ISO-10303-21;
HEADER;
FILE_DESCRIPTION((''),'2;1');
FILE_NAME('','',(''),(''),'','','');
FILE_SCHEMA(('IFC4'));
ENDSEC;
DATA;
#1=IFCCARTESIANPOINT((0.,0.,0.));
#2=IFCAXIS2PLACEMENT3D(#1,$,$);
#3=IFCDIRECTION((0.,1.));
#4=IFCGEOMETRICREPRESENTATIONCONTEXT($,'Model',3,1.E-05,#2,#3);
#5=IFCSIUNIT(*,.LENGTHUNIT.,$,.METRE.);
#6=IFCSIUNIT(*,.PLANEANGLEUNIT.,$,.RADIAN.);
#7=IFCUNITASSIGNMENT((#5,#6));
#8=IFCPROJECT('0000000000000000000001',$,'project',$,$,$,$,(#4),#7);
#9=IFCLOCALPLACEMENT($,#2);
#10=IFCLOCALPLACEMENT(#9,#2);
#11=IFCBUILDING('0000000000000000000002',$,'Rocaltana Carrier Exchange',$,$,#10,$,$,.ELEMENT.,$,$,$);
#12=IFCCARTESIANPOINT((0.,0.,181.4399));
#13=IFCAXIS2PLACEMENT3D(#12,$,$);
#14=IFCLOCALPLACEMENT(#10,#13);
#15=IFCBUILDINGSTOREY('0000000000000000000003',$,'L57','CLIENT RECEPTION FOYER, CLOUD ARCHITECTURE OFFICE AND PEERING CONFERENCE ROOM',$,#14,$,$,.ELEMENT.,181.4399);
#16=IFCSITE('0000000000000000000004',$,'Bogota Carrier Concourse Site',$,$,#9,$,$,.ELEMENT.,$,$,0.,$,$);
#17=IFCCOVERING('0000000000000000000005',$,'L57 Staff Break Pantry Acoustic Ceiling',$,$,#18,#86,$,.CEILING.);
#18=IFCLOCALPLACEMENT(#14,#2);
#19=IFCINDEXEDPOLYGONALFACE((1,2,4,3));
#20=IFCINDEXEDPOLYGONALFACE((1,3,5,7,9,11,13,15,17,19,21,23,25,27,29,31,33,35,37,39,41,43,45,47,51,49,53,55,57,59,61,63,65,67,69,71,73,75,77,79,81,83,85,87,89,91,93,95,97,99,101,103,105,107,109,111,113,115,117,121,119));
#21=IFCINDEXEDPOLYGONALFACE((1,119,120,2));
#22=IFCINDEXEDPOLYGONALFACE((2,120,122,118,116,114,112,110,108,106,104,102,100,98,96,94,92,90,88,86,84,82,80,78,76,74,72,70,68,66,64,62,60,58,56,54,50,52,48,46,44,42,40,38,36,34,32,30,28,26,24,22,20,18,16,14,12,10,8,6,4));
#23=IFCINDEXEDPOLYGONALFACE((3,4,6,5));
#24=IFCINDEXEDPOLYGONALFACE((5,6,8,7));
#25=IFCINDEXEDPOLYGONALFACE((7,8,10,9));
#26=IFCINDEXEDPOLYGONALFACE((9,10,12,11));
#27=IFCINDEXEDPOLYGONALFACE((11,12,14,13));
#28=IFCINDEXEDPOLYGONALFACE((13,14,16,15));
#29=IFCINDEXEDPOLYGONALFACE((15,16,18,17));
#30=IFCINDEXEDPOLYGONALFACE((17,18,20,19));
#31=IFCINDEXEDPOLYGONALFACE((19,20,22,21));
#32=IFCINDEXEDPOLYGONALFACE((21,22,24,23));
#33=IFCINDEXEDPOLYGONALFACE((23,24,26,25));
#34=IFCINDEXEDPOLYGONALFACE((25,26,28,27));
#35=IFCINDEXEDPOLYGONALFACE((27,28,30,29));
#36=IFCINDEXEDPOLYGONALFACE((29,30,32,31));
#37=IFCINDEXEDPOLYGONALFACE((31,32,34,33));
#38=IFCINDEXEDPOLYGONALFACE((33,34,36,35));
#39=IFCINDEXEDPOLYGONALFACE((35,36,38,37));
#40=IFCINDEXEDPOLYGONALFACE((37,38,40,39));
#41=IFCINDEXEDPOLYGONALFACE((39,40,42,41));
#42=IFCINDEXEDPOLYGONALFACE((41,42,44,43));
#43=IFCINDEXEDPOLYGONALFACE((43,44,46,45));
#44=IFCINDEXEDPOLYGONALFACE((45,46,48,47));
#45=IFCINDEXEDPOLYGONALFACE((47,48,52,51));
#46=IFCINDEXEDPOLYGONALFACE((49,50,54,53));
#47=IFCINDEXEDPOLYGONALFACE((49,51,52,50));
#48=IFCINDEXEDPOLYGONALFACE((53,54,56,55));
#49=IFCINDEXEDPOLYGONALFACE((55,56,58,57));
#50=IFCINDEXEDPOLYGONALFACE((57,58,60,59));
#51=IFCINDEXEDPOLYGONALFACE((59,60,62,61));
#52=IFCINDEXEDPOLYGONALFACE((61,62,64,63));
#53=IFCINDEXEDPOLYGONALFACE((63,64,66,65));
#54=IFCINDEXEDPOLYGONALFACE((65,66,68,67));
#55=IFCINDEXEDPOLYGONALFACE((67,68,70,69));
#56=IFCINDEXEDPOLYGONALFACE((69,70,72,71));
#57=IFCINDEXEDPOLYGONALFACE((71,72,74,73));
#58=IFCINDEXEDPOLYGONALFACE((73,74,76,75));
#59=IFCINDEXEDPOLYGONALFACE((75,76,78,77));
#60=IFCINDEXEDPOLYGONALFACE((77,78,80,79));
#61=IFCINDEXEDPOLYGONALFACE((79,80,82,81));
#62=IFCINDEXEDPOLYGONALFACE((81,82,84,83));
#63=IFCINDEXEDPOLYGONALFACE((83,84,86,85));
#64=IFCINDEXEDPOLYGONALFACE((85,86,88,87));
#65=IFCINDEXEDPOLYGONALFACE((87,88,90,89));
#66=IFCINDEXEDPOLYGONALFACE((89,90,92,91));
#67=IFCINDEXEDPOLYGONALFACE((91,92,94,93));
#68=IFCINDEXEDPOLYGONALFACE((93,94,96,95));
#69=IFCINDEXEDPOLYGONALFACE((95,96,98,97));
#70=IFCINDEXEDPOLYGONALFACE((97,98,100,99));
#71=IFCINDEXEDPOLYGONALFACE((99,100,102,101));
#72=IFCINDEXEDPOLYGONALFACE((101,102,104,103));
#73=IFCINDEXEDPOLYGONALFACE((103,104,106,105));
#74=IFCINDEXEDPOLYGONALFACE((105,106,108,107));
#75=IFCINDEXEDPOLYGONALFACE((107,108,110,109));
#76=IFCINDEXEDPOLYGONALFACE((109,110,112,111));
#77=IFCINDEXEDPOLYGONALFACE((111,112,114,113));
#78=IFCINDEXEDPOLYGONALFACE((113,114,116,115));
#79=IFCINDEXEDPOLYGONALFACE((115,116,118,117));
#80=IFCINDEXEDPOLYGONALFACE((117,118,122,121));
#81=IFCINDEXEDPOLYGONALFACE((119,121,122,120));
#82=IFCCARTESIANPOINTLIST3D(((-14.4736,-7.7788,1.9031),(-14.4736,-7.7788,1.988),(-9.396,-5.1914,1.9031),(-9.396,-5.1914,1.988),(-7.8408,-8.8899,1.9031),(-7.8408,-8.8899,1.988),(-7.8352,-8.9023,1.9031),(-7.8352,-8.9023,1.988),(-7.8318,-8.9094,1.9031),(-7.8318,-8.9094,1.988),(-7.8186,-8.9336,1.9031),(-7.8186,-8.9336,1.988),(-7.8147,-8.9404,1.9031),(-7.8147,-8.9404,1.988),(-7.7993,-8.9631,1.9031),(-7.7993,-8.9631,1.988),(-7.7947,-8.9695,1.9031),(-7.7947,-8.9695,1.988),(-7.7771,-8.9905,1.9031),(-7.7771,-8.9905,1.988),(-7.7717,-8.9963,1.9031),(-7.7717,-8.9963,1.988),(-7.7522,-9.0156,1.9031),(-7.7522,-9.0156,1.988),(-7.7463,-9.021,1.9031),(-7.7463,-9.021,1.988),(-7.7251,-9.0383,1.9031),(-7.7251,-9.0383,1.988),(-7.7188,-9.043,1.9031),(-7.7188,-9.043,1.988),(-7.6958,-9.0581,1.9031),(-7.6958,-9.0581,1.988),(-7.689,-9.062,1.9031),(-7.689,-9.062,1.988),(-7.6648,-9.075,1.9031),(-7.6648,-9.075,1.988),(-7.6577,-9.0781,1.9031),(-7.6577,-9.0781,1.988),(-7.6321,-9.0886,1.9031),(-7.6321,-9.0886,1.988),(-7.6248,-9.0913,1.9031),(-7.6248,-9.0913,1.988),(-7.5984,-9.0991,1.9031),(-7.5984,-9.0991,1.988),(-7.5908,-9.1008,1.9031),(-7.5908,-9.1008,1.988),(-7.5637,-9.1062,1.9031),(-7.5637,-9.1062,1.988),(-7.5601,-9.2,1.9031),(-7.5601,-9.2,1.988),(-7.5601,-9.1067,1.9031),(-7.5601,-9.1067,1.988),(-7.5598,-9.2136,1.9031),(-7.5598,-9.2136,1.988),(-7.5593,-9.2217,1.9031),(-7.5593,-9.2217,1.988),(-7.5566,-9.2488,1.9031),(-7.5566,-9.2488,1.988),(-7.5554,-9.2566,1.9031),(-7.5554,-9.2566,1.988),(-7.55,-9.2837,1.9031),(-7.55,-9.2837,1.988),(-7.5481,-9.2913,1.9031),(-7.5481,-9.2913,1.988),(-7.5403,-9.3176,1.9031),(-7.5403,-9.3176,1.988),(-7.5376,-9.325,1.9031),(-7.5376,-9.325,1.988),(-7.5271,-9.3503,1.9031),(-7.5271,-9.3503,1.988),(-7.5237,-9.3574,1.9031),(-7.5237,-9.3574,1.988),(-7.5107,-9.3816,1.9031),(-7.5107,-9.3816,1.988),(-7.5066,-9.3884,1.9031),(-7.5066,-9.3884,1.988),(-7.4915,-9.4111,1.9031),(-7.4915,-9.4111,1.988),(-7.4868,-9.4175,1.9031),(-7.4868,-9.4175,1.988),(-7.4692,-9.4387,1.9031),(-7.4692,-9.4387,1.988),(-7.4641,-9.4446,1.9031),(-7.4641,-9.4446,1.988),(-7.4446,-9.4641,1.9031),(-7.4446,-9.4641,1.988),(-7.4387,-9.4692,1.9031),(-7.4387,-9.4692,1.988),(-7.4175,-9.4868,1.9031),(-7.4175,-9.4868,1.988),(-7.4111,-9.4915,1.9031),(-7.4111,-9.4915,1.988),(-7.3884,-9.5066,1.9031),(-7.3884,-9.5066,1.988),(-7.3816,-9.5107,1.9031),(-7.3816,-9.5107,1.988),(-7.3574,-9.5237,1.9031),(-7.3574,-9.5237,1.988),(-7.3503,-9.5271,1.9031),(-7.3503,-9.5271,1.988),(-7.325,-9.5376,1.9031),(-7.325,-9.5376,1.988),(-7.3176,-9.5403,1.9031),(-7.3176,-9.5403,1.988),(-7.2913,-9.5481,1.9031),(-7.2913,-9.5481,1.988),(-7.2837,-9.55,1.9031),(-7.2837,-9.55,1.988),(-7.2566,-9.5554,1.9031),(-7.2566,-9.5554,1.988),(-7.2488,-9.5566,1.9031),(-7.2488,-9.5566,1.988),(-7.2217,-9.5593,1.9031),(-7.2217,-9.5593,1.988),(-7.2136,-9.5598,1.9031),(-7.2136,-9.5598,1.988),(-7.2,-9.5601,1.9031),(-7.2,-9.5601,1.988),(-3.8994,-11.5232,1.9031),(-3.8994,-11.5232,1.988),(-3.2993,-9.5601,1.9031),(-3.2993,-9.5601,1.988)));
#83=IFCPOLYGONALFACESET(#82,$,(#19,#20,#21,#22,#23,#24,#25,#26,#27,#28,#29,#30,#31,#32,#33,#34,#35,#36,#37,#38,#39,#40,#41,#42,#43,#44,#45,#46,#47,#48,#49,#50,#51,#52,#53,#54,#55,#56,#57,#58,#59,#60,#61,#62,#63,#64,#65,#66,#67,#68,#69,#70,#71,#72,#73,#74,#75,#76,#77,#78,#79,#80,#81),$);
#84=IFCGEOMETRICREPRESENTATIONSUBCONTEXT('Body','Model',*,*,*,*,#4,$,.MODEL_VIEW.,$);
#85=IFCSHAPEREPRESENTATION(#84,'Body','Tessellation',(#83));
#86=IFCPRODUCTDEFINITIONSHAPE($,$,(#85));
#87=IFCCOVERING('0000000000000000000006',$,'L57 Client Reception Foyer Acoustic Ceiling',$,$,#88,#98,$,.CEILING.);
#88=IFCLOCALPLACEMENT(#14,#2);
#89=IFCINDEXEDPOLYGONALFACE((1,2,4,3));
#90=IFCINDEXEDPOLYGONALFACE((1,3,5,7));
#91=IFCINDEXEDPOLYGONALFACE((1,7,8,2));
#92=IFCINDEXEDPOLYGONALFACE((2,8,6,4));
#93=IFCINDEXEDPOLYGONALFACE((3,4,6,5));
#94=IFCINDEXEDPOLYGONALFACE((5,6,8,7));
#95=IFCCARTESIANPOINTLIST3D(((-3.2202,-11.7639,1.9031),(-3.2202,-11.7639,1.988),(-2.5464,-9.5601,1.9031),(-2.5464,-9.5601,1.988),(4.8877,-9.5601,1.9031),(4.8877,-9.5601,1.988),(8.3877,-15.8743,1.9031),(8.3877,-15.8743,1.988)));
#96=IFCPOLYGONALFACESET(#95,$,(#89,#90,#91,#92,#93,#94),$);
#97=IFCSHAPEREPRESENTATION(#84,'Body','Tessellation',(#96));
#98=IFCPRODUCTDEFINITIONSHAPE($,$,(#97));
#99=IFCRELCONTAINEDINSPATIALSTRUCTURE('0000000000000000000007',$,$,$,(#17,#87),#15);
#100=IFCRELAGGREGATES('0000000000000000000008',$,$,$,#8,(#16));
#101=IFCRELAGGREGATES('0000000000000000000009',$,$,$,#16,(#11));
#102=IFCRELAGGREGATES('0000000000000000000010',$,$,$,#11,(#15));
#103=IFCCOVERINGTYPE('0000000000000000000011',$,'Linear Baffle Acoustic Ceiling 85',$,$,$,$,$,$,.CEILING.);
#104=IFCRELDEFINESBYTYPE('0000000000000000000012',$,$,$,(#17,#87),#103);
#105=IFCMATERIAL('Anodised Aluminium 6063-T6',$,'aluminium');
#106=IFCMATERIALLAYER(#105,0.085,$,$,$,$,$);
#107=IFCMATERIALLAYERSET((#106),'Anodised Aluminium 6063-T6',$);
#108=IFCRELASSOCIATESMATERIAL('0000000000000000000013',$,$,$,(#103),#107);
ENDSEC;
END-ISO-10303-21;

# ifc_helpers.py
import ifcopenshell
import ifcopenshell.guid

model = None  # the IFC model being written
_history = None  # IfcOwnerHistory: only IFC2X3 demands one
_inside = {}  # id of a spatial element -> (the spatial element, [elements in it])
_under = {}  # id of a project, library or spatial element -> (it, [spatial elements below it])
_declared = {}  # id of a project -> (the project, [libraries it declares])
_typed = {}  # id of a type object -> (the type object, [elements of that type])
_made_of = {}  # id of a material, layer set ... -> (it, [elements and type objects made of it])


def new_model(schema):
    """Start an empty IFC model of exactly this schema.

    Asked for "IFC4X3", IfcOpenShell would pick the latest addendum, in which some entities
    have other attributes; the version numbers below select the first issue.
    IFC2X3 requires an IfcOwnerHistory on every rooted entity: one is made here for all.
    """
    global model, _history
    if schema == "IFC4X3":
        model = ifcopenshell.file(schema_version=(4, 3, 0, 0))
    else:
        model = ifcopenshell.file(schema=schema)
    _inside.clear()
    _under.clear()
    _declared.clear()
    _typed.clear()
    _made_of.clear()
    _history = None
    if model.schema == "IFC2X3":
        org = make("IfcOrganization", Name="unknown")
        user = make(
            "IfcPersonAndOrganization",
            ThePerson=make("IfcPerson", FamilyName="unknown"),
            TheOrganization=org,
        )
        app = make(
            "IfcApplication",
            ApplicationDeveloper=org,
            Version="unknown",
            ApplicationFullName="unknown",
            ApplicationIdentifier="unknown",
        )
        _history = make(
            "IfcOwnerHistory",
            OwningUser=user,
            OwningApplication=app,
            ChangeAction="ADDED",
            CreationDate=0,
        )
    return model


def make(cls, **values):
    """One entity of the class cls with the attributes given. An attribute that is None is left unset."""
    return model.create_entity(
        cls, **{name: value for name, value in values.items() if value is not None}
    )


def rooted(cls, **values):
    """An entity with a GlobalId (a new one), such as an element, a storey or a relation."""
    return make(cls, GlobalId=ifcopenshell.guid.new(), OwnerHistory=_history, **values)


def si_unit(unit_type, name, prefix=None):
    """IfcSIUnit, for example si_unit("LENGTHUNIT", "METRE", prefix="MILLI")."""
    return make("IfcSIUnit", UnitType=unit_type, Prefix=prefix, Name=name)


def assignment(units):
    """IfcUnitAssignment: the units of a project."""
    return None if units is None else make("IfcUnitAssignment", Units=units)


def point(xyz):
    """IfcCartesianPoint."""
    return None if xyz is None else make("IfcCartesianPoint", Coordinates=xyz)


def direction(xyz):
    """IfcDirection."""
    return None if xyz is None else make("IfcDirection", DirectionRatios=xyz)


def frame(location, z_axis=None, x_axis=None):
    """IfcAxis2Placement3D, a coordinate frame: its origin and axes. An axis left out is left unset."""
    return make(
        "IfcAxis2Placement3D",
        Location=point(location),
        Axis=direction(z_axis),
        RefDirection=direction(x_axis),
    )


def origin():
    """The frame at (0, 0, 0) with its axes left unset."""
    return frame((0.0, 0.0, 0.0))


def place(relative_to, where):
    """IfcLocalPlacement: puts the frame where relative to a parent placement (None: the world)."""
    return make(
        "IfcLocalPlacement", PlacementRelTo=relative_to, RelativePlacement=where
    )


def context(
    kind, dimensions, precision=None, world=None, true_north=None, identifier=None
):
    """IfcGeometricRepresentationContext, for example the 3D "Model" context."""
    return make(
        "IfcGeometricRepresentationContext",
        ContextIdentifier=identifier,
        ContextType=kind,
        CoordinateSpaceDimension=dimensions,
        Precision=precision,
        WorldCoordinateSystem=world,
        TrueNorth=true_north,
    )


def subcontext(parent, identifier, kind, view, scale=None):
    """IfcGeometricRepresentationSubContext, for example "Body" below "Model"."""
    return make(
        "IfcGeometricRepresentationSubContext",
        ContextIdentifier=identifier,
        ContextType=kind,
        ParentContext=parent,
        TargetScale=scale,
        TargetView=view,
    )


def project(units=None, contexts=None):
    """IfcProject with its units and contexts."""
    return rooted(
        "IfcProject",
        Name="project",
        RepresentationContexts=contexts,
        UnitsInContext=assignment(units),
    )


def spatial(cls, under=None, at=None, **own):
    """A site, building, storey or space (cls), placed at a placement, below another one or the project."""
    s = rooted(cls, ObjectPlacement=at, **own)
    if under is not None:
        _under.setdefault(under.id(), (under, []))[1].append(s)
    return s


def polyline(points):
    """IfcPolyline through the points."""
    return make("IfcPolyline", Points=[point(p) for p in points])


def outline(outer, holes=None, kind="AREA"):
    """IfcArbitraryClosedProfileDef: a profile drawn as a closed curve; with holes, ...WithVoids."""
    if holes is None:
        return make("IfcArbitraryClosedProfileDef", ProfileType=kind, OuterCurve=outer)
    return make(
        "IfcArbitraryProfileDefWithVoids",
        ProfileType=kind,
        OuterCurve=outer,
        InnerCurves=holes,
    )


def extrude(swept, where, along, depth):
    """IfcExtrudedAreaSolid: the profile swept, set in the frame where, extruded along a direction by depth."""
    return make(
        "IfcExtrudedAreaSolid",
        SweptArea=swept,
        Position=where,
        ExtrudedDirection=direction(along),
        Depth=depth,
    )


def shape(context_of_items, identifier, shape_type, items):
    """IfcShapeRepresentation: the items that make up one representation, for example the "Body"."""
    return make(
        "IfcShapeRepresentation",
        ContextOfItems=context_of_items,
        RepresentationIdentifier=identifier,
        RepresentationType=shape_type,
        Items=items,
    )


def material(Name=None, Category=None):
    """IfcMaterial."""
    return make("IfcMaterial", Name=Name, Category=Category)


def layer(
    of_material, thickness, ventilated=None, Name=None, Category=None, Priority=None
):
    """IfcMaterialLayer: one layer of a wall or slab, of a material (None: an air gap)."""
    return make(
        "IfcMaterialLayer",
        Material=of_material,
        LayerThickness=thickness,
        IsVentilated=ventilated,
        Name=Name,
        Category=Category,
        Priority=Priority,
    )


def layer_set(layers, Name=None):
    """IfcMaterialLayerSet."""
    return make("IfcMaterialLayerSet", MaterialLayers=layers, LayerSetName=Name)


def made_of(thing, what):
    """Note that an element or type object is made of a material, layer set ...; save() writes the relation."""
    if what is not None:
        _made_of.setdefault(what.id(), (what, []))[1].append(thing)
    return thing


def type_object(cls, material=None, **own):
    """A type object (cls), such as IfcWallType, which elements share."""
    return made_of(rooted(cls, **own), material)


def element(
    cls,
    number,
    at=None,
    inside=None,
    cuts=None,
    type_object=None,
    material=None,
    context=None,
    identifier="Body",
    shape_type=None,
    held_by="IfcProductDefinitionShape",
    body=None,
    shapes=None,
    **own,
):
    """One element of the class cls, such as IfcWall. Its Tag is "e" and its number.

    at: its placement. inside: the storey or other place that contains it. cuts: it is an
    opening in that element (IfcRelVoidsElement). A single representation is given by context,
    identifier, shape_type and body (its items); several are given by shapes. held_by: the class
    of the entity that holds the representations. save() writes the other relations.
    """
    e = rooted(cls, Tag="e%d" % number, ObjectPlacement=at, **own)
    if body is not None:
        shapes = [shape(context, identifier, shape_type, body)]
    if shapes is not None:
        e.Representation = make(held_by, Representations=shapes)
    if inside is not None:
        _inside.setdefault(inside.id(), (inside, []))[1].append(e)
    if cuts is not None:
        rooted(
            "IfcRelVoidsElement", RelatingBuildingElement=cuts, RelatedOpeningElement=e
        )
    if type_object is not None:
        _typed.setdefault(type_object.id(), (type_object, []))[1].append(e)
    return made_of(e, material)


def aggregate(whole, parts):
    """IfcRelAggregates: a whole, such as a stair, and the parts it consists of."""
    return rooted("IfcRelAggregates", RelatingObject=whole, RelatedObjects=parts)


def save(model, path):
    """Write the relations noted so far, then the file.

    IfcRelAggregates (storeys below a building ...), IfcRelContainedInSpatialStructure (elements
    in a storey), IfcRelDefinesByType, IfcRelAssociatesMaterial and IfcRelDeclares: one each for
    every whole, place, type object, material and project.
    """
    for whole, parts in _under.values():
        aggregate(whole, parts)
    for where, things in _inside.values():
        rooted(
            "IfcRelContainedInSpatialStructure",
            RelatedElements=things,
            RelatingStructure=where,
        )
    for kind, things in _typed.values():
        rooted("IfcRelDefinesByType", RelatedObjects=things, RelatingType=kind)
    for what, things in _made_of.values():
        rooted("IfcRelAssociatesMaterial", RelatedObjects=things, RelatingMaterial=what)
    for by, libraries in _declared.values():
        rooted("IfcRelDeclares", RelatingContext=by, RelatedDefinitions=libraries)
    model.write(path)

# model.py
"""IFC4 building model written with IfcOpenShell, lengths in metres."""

from ifc_helpers import new_model, si_unit, direction, frame, origin, place, context, subcontext, project, spatial, polyline, outline, extrude, material, layer, layer_set, type_object, element, save


model = new_model("IFC4")

# Units and contexts
model_context = context("Model", 3, precision=1e-05, world=origin(), true_north=direction((0.0, 1.0)))
body_context = subcontext(model_context, "Body", "Model", "MODEL_VIEW")
ifc_project = project(units=[si_unit("LENGTHUNIT", "METRE"), si_unit("PLANEANGLEUNIT", "RADIAN")], contexts=[model_context])

# Site, building, storey
site_placement = place(None, origin())
site = spatial("IfcSite", under=ifc_project, at=site_placement, Name="Bogota Carrier Concourse Site", CompositionType="ELEMENT", RefElevation=0.0)
building_placement = place(site_placement, origin())
building = spatial("IfcBuilding", under=site, at=building_placement, Name="Rocaltana Carrier Exchange", CompositionType="ELEMENT")
storey_placement = place(building_placement, frame((0.0, 0.0, 181.4399)))
storey = spatial("IfcBuildingStorey", under=building, at=storey_placement, Name="L57", Description="CLIENT RECEPTION FOYER, CLOUD ARCHITECTURE OFFICE AND PEERING CONFERENCE ROOM", CompositionType="ELEMENT", Elevation=181.4399)

# Coverings
ifc_material_1 = material(Name="Anodised Aluminium 6063-T6", Category="aluminium")
ifc_layer_1 = layer(ifc_material_1, 0.085)
ifc_layer_set_1 = layer_set([ifc_layer_1], Name="Anodised Aluminium 6063-T6")
covering_type_1 = type_object("IfcCoveringType", Name="Linear Baffle Acoustic Ceiling 85", PredefinedType="CEILING", material=ifc_layer_set_1)
covering_1_placement = place(storey_placement, frame((0.0, 0.0, 1.9031)))
element("IfcCovering", 1, at=covering_1_placement, inside=storey, type_object=covering_type_1, Name="L57 Staff Break Pantry Acoustic Ceiling", PredefinedType="CEILING", context=body_context, shape_type="SweptSolid", body=[
    extrude(outline(polyline([(-14.4736, -7.7788), (-9.396, -5.1914), (-7.8408, -8.8899), (-7.8352, -8.9023), (-7.8318, -8.9094), (-7.8186, -8.9336), (-7.8147, -8.9404), (-7.7993, -8.9631), (-7.7947, -8.9695), (-7.7771, -8.9905), (-7.7717, -8.9963), (-7.7522, -9.0156), (-7.7463, -9.021), (-7.7251, -9.0383), (-7.7188, -9.043), (-7.6958, -9.0581), (-7.689, -9.062), (-7.6648, -9.075), (-7.6577, -9.0781), (-7.6321, -9.0886), (-7.6248, -9.0913), (-7.5984, -9.0991), (-7.5908, -9.1008), (-7.5637, -9.1062), (-7.5601, -9.1067), (-7.5601, -9.2), (-7.5598, -9.2136), (-7.5593, -9.2217), (-7.5566, -9.2488), (-7.5554, -9.2566), (-7.55, -9.2837), (-7.5481, -9.2913), (-7.5403, -9.3176), (-7.5376, -9.325), (-7.5271, -9.3503), (-7.5237, -9.3574), (-7.5107, -9.3816), (-7.5066, -9.3884), (-7.4915, -9.4111), (-7.4868, -9.4175), (-7.4692, -9.4387), (-7.4641, -9.4446), (-7.4446, -9.4641), (-7.4387, -9.4692), (-7.4175, -9.4868), (-7.4111, -9.4915), (-7.3884, -9.5066), (-7.3816, -9.5107), (-7.3574, -9.5237), (-7.3503, -9.5271), (-7.325, -9.5376), (-7.3176, -9.5403), (-7.2913, -9.5481), (-7.2837, -9.55), (-7.2566, -9.5554), (-7.2488, -9.5566), (-7.2217, -9.5593), (-7.2136, -9.5598), (-7.2, -9.5601), (-3.2993, -9.5601), (-3.8994, -11.5232), (-14.4736, -7.7788)])), origin(), (0.0, 0.0, 1.0), 0.085),
])
covering_2_placement = place(storey_placement, frame((0.0, 0.0, 1.9031)))
element("IfcCovering", 2, at=covering_2_placement, inside=storey, type_object=covering_type_1, Name="L57 Client Reception Foyer Acoustic Ceiling", PredefinedType="CEILING", context=body_context, shape_type="SweptSolid", body=[
    extrude(outline(polyline([(-3.2202, -11.7639), (-2.5464, -9.5601), (4.8877, -9.5601), (8.3877, -15.8743), (-3.2202, -11.7639)])), origin(), (0.0, 0.0, 1.0), 0.085),
])

save(model, "model.ifc")
